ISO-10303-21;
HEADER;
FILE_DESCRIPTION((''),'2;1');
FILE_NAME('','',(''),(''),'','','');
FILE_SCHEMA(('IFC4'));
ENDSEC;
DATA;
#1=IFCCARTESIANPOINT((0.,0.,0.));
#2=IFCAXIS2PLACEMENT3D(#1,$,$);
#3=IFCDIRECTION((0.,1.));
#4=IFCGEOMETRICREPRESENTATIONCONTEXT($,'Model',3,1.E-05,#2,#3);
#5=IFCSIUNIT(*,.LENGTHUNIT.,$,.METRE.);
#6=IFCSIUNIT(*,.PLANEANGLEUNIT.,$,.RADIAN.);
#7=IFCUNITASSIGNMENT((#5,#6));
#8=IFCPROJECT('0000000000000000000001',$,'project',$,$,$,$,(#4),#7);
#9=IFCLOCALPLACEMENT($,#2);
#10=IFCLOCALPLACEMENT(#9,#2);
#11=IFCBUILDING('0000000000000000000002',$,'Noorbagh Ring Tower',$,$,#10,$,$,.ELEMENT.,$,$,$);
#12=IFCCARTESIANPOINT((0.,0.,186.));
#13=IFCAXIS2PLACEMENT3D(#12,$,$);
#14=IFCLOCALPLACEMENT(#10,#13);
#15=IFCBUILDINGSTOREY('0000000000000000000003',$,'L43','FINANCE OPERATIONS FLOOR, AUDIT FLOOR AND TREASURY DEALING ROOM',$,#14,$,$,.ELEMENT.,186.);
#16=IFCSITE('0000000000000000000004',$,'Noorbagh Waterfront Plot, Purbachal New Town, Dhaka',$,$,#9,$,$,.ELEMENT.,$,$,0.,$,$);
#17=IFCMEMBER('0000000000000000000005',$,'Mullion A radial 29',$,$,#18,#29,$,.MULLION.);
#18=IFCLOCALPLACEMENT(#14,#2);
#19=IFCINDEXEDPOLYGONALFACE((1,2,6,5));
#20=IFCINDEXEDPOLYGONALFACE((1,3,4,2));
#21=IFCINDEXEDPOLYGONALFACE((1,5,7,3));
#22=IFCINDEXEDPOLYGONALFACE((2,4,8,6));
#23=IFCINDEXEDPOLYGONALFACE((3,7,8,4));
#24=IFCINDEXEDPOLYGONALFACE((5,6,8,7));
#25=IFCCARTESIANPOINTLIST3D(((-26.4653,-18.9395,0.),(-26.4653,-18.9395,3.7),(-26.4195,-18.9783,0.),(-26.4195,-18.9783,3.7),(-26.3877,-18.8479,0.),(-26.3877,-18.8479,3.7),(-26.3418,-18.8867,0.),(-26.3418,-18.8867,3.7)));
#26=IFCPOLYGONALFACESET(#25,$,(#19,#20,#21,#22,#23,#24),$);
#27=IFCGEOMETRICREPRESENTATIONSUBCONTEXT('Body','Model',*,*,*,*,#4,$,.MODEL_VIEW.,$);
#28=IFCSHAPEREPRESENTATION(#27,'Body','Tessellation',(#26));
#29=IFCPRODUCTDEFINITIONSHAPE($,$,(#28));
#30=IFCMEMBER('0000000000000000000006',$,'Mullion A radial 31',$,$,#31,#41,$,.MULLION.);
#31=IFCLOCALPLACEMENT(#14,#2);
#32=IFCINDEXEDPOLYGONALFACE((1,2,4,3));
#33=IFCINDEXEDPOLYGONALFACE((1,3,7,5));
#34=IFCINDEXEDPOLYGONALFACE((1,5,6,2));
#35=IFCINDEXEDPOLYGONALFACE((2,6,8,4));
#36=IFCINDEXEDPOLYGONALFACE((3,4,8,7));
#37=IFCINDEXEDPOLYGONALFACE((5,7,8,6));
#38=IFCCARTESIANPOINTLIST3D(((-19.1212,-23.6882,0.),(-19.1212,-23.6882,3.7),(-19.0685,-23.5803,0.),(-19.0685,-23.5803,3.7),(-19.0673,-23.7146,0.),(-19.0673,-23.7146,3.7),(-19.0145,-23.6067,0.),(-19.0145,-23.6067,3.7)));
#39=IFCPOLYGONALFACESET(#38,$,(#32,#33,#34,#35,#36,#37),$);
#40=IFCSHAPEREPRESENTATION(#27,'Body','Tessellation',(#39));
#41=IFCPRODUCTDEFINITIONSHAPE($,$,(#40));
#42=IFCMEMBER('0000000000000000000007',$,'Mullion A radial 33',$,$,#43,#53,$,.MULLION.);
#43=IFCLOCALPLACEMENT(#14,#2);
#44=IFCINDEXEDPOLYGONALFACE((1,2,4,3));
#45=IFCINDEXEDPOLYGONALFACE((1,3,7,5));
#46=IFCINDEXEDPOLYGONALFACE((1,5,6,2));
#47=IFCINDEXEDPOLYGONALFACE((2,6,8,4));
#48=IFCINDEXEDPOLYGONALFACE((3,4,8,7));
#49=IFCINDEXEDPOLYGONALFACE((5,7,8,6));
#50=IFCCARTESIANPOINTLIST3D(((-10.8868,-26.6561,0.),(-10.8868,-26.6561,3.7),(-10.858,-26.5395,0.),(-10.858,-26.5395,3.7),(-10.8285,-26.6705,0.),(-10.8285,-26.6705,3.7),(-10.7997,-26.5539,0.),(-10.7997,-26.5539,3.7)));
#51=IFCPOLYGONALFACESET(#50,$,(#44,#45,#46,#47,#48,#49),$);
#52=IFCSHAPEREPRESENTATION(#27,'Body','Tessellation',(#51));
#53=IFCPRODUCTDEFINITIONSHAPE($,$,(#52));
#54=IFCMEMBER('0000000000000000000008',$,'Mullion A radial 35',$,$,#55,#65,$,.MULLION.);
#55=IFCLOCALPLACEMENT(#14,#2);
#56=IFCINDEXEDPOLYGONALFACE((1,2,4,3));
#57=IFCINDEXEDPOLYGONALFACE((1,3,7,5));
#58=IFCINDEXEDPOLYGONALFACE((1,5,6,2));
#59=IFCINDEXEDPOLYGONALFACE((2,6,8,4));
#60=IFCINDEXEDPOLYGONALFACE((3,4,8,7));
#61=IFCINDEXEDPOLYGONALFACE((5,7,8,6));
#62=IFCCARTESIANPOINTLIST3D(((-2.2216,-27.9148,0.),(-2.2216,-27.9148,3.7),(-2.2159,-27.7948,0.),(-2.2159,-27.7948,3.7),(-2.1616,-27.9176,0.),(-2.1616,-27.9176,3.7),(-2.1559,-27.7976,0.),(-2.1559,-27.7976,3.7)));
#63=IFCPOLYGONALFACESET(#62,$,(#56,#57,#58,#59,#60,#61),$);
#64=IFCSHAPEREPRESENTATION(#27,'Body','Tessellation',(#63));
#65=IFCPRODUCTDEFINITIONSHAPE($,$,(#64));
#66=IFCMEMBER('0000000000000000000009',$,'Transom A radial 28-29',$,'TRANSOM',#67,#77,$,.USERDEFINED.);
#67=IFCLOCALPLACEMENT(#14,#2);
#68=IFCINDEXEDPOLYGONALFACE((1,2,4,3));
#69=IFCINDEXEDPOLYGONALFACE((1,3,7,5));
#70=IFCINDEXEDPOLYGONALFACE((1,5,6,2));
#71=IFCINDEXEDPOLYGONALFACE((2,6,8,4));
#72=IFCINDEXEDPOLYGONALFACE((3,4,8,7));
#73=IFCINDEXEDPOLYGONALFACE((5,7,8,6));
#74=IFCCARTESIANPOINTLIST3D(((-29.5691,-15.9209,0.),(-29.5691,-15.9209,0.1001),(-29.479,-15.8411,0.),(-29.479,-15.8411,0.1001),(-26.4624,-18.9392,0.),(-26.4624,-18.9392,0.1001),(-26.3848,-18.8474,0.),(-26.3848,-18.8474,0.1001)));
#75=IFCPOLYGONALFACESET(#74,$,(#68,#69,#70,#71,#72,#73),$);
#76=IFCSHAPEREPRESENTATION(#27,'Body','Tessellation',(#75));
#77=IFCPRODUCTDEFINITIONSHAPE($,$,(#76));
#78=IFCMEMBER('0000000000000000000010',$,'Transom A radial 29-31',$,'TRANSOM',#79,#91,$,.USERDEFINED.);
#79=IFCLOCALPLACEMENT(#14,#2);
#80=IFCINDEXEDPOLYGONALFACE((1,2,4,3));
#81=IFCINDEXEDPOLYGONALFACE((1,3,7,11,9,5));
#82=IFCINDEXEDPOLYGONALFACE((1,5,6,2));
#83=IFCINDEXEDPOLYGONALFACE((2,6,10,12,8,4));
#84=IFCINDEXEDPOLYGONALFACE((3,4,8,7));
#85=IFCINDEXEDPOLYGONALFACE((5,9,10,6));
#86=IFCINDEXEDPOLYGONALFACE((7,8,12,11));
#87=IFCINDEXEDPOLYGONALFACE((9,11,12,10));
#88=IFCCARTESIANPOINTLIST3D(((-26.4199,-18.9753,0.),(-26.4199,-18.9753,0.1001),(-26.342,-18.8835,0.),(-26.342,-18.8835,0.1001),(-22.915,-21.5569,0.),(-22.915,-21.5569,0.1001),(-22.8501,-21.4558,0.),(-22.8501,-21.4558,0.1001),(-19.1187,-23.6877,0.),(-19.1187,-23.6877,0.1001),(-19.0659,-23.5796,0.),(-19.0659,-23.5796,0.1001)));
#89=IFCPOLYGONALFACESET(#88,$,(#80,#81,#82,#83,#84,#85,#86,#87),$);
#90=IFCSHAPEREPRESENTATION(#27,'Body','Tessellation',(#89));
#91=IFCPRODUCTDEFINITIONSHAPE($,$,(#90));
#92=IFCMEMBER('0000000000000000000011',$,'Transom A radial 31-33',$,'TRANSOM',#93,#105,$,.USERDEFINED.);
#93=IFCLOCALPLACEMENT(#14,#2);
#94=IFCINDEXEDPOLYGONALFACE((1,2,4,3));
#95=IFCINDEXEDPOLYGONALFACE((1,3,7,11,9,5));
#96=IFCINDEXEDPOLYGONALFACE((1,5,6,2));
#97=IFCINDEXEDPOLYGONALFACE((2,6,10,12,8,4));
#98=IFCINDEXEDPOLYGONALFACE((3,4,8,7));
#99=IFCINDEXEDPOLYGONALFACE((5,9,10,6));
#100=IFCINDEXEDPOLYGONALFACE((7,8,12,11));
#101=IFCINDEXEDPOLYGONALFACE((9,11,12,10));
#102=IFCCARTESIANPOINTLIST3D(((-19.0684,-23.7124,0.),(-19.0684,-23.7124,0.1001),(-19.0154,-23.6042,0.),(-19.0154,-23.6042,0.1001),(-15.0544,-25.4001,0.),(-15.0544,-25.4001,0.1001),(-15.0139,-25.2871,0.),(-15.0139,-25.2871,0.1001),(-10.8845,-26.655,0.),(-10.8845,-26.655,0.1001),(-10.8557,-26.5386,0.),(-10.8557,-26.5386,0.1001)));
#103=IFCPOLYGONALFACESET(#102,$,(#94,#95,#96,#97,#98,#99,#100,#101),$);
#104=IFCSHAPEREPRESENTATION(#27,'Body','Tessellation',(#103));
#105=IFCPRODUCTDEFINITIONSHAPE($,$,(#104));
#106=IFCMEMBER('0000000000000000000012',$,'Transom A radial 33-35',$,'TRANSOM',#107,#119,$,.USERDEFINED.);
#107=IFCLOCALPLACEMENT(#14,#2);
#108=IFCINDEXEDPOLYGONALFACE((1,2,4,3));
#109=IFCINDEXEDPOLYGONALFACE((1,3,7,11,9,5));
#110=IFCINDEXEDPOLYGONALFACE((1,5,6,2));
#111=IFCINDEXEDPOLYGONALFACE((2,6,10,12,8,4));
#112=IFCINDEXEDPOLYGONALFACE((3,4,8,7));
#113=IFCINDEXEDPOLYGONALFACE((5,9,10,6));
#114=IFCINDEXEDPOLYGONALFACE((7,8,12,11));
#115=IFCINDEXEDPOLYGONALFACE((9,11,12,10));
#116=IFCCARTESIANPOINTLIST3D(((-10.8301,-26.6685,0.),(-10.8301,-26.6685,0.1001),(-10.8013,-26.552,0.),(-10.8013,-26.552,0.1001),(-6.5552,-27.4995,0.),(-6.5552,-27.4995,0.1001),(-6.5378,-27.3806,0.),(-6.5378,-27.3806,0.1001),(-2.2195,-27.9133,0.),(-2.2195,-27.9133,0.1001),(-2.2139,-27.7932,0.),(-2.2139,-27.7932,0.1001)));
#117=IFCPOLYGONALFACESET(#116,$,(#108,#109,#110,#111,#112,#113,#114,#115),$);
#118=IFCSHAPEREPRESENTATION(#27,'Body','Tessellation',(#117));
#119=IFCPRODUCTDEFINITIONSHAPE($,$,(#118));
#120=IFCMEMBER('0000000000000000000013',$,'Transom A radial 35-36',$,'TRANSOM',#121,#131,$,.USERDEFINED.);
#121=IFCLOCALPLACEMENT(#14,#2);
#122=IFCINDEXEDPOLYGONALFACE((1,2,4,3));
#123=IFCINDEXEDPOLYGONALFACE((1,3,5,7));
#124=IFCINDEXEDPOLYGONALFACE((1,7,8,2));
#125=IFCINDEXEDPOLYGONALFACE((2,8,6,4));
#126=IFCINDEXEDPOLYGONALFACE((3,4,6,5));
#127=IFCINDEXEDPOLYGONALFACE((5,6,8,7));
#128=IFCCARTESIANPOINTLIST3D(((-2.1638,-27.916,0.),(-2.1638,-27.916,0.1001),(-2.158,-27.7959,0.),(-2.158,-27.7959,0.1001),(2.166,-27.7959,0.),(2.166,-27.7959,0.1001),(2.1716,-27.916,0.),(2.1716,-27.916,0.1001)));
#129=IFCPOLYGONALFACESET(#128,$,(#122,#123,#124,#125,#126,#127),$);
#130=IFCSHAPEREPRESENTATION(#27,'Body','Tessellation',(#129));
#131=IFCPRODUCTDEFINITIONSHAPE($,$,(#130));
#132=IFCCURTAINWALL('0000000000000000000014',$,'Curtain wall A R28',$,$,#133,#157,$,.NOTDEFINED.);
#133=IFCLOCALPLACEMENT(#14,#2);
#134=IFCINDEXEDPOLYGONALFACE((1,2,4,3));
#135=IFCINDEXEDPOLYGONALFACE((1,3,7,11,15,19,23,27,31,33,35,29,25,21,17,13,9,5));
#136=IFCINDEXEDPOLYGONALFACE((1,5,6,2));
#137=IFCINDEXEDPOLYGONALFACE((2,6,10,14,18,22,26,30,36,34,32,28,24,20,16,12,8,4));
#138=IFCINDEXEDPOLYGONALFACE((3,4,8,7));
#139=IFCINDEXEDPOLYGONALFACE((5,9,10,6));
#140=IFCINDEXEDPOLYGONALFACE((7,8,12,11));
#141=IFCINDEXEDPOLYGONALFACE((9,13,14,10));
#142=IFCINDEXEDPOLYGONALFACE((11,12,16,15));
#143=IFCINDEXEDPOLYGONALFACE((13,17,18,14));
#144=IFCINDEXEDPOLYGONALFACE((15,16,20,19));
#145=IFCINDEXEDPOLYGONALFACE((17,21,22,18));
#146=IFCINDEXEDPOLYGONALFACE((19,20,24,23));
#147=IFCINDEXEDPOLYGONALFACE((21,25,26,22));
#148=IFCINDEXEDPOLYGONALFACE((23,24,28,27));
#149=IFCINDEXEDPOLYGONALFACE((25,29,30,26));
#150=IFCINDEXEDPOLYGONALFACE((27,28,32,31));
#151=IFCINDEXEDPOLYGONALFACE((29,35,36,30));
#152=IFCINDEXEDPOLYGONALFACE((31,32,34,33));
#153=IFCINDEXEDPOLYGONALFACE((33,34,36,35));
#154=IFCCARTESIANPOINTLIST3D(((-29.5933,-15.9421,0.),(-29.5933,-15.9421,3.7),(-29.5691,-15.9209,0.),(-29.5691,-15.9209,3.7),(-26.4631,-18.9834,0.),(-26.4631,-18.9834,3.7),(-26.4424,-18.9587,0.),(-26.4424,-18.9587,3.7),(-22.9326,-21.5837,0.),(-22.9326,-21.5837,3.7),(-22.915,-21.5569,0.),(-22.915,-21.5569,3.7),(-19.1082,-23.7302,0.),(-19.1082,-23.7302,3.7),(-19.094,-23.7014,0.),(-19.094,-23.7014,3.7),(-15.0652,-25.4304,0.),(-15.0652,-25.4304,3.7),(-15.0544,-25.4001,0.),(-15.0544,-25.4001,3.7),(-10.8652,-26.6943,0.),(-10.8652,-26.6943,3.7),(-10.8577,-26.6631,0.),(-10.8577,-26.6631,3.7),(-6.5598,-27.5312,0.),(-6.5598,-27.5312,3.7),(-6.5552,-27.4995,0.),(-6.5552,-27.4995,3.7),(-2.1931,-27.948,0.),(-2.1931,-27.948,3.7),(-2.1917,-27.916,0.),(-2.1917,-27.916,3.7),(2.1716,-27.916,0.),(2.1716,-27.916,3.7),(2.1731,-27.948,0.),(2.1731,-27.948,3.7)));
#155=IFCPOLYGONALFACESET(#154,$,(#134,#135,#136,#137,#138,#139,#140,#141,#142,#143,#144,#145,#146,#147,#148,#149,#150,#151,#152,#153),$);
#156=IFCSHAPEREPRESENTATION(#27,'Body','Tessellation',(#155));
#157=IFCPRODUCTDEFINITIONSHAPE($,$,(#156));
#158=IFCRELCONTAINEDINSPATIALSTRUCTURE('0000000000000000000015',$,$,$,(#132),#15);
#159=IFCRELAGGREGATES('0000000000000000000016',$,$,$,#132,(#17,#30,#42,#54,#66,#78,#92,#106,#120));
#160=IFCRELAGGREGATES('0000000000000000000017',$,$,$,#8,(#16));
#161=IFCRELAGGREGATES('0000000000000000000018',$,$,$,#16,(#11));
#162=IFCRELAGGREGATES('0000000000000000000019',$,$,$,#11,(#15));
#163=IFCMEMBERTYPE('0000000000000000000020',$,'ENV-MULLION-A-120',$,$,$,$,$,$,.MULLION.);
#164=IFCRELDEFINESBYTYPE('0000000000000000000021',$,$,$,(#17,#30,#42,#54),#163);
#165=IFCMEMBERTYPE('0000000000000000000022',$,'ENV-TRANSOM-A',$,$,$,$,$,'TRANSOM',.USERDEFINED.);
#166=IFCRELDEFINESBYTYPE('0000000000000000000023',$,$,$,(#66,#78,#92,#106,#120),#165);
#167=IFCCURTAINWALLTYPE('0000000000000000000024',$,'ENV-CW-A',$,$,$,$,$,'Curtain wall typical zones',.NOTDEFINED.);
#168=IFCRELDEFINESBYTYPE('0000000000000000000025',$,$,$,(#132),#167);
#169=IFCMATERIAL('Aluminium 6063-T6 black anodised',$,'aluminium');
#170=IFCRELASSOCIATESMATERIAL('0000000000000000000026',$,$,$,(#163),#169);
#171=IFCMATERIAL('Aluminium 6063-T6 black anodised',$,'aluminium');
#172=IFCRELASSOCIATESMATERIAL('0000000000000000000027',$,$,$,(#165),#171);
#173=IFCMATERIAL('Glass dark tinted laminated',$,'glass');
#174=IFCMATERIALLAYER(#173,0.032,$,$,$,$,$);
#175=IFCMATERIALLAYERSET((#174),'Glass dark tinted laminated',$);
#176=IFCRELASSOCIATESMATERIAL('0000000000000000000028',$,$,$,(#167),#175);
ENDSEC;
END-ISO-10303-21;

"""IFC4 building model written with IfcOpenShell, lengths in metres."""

from ifc_helpers import new_model, si_unit, direction, frame, origin, origin_2d, place, context, subcontext, project, spatial, polyline, rectangle, outline, extrude, material, layer, layer_set, material_profile, profile_set, type_object, element, aggregate, save


model = new_model("IFC4")

# Units and contexts
model_context = context("Model", 3, precision=1e-05, world=origin(), true_north=direction((0.0, 1.0)))
body_context = subcontext(model_context, "Body", "Model", "MODEL_VIEW")
ifc_project = project(units=[si_unit("LENGTHUNIT", "METRE"), si_unit("PLANEANGLEUNIT", "RADIAN")], contexts=[model_context])

# Members
ifc_material_1 = material(Name="Aluminium 6063-T6 black anodised", Category="aluminium")
ifc_material_profile = material_profile(ifc_material_1, rectangle(XDim=0.1201, YDim=0.0601, at=origin_2d()), Name="120x60")
ifc_profile_set = profile_set([ifc_material_profile], Name="Aluminium 6063-T6 black anodised")
member_type_1 = type_object("IfcMemberType", Name="ENV-MULLION-A-120", PredefinedType="MULLION", material=ifc_profile_set)
site_placement = place(None, origin())
building_placement = place(site_placement, origin())
storey_placement = place(building_placement, frame((0.0, 0.0, 186.0)))
member_1_placement = place(storey_placement, frame((-26.4036, -18.9131, 0.0), z_axis=(0.0, 0.0, 1.0), x_axis=(0.646451, 0.762955, 0.0)))
member_1 = element("IfcMember", 1, at=member_1_placement, type_object=member_type_1, Name="Mullion A radial 29", PredefinedType="MULLION", context=body_context, shape_type="SweptSolid", body=[
    extrude(rectangle(XDim=0.1201, YDim=0.0601, at=origin_2d()), origin(), (0.0, 0.0, 1.0), 3.7),
])
member_2_placement = place(storey_placement, frame((-19.0679, -23.6475, 0.0), z_axis=(0.0, 0.0, 1.0), x_axis=(0.439238, 0.898371, 0.0)))
member_2 = element("IfcMember", 2, at=member_2_placement, type_object=member_type_1, Name="Mullion A radial 31", PredefinedType="MULLION", context=body_context, shape_type="SweptSolid", body=[
    extrude(rectangle(XDim=0.1201, YDim=0.0601, at=origin_2d()), origin(), (0.0, 0.0, 1.0), 3.7),
])
member_3_placement = place(storey_placement, frame((-10.8433, -26.605, 0.0), z_axis=(0.0, 0.0, 1.0), x_axis=(0.239799, 0.970823, 0.0)))
member_3 = element("IfcMember", 3, at=member_3_placement, type_object=member_type_1, Name="Mullion A radial 33", PredefinedType="MULLION", context=body_context, shape_type="SweptSolid", body=[
    extrude(rectangle(XDim=0.1201, YDim=0.0601, at=origin_2d()), origin(), (0.0, 0.0, 1.0), 3.7),
])
member_4_placement = place(storey_placement, frame((-2.1887, -27.8562, 0.0), z_axis=(0.0, 0.0, 1.0), x_axis=(0.047558, 0.998868, 0.0)))
member_4 = element("IfcMember", 4, at=member_4_placement, type_object=member_type_1, Name="Mullion A radial 35", PredefinedType="MULLION", context=body_context, shape_type="SweptSolid", body=[
    extrude(rectangle(XDim=0.1201, YDim=0.0601, at=origin_2d()), origin(), (0.0, 0.0, 1.0), 3.7),
])
ifc_material_2 = material(Name="Aluminium 6063-T6 black anodised", Category="aluminium")
member_type_2 = type_object("IfcMemberType", Name="ENV-TRANSOM-A", ElementType="TRANSOM", PredefinedType="USERDEFINED", material=ifc_material_2)
member_5_placement = place(storey_placement, origin())
member_5 = element("IfcMember", 5, at=member_5_placement, type_object=member_type_2, Name="Transom A radial 28-29", ObjectType="TRANSOM", PredefinedType="USERDEFINED", context=body_context, shape_type="SweptSolid", body=[
    extrude(outline(polyline([(-29.5691, -15.9209), (-26.4624, -18.9392), (-26.3848, -18.8474), (-29.479, -15.8411), (-29.5691, -15.9209)])), origin(), (0.0, 0.0, 1.0), 0.1001),
])
member_6_placement = place(storey_placement, origin())
member_6 = element("IfcMember", 6, at=member_6_placement, type_object=member_type_2, Name="Transom A radial 29-31", ObjectType="TRANSOM", PredefinedType="USERDEFINED", context=body_context, shape_type="SweptSolid", body=[
    extrude(outline(polyline([(-26.4199, -18.9753), (-22.915, -21.5569), (-19.1187, -23.6877), (-19.0659, -23.5796), (-22.8501, -21.4558), (-26.342, -18.8835), (-26.4199, -18.9753)])), origin(), (0.0, 0.0, 1.0), 0.1001),
])
member_7_placement = place(storey_placement, origin())
member_7 = element("IfcMember", 7, at=member_7_placement, type_object=member_type_2, Name="Transom A radial 31-33", ObjectType="TRANSOM", PredefinedType="USERDEFINED", context=body_context, shape_type="SweptSolid", body=[
    extrude(outline(polyline([(-19.0684, -23.7124), (-15.0544, -25.4001), (-10.8845, -26.655), (-10.8557, -26.5386), (-15.0139, -25.2871), (-19.0154, -23.6042), (-19.0684, -23.7124)])), origin(), (0.0, 0.0, 1.0), 0.1001),
])
member_8_placement = place(storey_placement, origin())
member_8 = element("IfcMember", 8, at=member_8_placement, type_object=member_type_2, Name="Transom A radial 33-35", ObjectType="TRANSOM", PredefinedType="USERDEFINED", context=body_context, shape_type="SweptSolid", body=[
    extrude(outline(polyline([(-10.8301, -26.6685), (-6.5552, -27.4995), (-2.2195, -27.9133), (-2.2139, -27.7932), (-6.5378, -27.3806), (-10.8013, -26.552), (-10.8301, -26.6685)])), origin(), (0.0, 0.0, 1.0), 0.1001),
])
member_9_placement = place(storey_placement, origin())
member_9 = element("IfcMember", 9, at=member_9_placement, type_object=member_type_2, Name="Transom A radial 35-36", ObjectType="TRANSOM", PredefinedType="USERDEFINED", context=body_context, shape_type="SweptSolid", body=[
    extrude(outline(polyline([(-2.1638, -27.916), (2.1716, -27.916), (2.166, -27.7959), (-2.158, -27.7959), (-2.1638, -27.916)])), origin(), (0.0, 0.0, 1.0), 0.1001),
])

# Site, building, storey
site = spatial("IfcSite", under=ifc_project, at=site_placement, Name="Noorbagh Waterfront Plot, Purbachal New Town, Dhaka", CompositionType="ELEMENT", RefElevation=0.0)
building = spatial("IfcBuilding", under=site, at=building_placement, Name="Noorbagh Ring Tower", CompositionType="ELEMENT")
storey = spatial("IfcBuildingStorey", under=building, at=storey_placement, Name="L43", Description="FINANCE OPERATIONS FLOOR, AUDIT FLOOR AND TREASURY DEALING ROOM", CompositionType="ELEMENT", Elevation=186.0)

# Curtain wall
ifc_material_3 = material(Name="Glass dark tinted laminated", Category="glass")
ifc_layer = layer(ifc_material_3, 0.032)
ifc_layer_set = layer_set([ifc_layer], Name="Glass dark tinted laminated")
curtain_wall_type = type_object("IfcCurtainWallType", Name="ENV-CW-A", ElementType="Curtain wall typical zones", PredefinedType="NOTDEFINED", material=ifc_layer_set)
curtain_wall_1_placement = place(storey_placement, origin())
curtain_wall_1 = element("IfcCurtainWall", 10, at=curtain_wall_1_placement, inside=storey, type_object=curtain_wall_type, Name="Curtain wall A R28", PredefinedType="NOTDEFINED", context=body_context, shape_type="SweptSolid", body=[
    extrude(outline(polyline([(-29.5933, -15.9421), (-26.4631, -18.9834), (-22.9326, -21.5837), (-19.1082, -23.7302), (-15.0652, -25.4304), (-10.8652, -26.6943), (-6.5598, -27.5312), (-2.1931, -27.948), (2.1731, -27.948), (2.1716, -27.916), (-2.1917, -27.916), (-6.5552, -27.4995), (-10.8577, -26.6631), (-15.0544, -25.4001), (-19.094, -23.7014), (-22.915, -21.5569), (-26.4424, -18.9587), (-29.5691, -15.9209), (-29.5933, -15.9421)])), origin(), (0.0, 0.0, 1.0), 3.7),
])
aggregate(curtain_wall_1, [member_1, member_2, member_3, member_4, member_5, member_6, member_7, member_8, member_9])

save(model, "model.ifc")
